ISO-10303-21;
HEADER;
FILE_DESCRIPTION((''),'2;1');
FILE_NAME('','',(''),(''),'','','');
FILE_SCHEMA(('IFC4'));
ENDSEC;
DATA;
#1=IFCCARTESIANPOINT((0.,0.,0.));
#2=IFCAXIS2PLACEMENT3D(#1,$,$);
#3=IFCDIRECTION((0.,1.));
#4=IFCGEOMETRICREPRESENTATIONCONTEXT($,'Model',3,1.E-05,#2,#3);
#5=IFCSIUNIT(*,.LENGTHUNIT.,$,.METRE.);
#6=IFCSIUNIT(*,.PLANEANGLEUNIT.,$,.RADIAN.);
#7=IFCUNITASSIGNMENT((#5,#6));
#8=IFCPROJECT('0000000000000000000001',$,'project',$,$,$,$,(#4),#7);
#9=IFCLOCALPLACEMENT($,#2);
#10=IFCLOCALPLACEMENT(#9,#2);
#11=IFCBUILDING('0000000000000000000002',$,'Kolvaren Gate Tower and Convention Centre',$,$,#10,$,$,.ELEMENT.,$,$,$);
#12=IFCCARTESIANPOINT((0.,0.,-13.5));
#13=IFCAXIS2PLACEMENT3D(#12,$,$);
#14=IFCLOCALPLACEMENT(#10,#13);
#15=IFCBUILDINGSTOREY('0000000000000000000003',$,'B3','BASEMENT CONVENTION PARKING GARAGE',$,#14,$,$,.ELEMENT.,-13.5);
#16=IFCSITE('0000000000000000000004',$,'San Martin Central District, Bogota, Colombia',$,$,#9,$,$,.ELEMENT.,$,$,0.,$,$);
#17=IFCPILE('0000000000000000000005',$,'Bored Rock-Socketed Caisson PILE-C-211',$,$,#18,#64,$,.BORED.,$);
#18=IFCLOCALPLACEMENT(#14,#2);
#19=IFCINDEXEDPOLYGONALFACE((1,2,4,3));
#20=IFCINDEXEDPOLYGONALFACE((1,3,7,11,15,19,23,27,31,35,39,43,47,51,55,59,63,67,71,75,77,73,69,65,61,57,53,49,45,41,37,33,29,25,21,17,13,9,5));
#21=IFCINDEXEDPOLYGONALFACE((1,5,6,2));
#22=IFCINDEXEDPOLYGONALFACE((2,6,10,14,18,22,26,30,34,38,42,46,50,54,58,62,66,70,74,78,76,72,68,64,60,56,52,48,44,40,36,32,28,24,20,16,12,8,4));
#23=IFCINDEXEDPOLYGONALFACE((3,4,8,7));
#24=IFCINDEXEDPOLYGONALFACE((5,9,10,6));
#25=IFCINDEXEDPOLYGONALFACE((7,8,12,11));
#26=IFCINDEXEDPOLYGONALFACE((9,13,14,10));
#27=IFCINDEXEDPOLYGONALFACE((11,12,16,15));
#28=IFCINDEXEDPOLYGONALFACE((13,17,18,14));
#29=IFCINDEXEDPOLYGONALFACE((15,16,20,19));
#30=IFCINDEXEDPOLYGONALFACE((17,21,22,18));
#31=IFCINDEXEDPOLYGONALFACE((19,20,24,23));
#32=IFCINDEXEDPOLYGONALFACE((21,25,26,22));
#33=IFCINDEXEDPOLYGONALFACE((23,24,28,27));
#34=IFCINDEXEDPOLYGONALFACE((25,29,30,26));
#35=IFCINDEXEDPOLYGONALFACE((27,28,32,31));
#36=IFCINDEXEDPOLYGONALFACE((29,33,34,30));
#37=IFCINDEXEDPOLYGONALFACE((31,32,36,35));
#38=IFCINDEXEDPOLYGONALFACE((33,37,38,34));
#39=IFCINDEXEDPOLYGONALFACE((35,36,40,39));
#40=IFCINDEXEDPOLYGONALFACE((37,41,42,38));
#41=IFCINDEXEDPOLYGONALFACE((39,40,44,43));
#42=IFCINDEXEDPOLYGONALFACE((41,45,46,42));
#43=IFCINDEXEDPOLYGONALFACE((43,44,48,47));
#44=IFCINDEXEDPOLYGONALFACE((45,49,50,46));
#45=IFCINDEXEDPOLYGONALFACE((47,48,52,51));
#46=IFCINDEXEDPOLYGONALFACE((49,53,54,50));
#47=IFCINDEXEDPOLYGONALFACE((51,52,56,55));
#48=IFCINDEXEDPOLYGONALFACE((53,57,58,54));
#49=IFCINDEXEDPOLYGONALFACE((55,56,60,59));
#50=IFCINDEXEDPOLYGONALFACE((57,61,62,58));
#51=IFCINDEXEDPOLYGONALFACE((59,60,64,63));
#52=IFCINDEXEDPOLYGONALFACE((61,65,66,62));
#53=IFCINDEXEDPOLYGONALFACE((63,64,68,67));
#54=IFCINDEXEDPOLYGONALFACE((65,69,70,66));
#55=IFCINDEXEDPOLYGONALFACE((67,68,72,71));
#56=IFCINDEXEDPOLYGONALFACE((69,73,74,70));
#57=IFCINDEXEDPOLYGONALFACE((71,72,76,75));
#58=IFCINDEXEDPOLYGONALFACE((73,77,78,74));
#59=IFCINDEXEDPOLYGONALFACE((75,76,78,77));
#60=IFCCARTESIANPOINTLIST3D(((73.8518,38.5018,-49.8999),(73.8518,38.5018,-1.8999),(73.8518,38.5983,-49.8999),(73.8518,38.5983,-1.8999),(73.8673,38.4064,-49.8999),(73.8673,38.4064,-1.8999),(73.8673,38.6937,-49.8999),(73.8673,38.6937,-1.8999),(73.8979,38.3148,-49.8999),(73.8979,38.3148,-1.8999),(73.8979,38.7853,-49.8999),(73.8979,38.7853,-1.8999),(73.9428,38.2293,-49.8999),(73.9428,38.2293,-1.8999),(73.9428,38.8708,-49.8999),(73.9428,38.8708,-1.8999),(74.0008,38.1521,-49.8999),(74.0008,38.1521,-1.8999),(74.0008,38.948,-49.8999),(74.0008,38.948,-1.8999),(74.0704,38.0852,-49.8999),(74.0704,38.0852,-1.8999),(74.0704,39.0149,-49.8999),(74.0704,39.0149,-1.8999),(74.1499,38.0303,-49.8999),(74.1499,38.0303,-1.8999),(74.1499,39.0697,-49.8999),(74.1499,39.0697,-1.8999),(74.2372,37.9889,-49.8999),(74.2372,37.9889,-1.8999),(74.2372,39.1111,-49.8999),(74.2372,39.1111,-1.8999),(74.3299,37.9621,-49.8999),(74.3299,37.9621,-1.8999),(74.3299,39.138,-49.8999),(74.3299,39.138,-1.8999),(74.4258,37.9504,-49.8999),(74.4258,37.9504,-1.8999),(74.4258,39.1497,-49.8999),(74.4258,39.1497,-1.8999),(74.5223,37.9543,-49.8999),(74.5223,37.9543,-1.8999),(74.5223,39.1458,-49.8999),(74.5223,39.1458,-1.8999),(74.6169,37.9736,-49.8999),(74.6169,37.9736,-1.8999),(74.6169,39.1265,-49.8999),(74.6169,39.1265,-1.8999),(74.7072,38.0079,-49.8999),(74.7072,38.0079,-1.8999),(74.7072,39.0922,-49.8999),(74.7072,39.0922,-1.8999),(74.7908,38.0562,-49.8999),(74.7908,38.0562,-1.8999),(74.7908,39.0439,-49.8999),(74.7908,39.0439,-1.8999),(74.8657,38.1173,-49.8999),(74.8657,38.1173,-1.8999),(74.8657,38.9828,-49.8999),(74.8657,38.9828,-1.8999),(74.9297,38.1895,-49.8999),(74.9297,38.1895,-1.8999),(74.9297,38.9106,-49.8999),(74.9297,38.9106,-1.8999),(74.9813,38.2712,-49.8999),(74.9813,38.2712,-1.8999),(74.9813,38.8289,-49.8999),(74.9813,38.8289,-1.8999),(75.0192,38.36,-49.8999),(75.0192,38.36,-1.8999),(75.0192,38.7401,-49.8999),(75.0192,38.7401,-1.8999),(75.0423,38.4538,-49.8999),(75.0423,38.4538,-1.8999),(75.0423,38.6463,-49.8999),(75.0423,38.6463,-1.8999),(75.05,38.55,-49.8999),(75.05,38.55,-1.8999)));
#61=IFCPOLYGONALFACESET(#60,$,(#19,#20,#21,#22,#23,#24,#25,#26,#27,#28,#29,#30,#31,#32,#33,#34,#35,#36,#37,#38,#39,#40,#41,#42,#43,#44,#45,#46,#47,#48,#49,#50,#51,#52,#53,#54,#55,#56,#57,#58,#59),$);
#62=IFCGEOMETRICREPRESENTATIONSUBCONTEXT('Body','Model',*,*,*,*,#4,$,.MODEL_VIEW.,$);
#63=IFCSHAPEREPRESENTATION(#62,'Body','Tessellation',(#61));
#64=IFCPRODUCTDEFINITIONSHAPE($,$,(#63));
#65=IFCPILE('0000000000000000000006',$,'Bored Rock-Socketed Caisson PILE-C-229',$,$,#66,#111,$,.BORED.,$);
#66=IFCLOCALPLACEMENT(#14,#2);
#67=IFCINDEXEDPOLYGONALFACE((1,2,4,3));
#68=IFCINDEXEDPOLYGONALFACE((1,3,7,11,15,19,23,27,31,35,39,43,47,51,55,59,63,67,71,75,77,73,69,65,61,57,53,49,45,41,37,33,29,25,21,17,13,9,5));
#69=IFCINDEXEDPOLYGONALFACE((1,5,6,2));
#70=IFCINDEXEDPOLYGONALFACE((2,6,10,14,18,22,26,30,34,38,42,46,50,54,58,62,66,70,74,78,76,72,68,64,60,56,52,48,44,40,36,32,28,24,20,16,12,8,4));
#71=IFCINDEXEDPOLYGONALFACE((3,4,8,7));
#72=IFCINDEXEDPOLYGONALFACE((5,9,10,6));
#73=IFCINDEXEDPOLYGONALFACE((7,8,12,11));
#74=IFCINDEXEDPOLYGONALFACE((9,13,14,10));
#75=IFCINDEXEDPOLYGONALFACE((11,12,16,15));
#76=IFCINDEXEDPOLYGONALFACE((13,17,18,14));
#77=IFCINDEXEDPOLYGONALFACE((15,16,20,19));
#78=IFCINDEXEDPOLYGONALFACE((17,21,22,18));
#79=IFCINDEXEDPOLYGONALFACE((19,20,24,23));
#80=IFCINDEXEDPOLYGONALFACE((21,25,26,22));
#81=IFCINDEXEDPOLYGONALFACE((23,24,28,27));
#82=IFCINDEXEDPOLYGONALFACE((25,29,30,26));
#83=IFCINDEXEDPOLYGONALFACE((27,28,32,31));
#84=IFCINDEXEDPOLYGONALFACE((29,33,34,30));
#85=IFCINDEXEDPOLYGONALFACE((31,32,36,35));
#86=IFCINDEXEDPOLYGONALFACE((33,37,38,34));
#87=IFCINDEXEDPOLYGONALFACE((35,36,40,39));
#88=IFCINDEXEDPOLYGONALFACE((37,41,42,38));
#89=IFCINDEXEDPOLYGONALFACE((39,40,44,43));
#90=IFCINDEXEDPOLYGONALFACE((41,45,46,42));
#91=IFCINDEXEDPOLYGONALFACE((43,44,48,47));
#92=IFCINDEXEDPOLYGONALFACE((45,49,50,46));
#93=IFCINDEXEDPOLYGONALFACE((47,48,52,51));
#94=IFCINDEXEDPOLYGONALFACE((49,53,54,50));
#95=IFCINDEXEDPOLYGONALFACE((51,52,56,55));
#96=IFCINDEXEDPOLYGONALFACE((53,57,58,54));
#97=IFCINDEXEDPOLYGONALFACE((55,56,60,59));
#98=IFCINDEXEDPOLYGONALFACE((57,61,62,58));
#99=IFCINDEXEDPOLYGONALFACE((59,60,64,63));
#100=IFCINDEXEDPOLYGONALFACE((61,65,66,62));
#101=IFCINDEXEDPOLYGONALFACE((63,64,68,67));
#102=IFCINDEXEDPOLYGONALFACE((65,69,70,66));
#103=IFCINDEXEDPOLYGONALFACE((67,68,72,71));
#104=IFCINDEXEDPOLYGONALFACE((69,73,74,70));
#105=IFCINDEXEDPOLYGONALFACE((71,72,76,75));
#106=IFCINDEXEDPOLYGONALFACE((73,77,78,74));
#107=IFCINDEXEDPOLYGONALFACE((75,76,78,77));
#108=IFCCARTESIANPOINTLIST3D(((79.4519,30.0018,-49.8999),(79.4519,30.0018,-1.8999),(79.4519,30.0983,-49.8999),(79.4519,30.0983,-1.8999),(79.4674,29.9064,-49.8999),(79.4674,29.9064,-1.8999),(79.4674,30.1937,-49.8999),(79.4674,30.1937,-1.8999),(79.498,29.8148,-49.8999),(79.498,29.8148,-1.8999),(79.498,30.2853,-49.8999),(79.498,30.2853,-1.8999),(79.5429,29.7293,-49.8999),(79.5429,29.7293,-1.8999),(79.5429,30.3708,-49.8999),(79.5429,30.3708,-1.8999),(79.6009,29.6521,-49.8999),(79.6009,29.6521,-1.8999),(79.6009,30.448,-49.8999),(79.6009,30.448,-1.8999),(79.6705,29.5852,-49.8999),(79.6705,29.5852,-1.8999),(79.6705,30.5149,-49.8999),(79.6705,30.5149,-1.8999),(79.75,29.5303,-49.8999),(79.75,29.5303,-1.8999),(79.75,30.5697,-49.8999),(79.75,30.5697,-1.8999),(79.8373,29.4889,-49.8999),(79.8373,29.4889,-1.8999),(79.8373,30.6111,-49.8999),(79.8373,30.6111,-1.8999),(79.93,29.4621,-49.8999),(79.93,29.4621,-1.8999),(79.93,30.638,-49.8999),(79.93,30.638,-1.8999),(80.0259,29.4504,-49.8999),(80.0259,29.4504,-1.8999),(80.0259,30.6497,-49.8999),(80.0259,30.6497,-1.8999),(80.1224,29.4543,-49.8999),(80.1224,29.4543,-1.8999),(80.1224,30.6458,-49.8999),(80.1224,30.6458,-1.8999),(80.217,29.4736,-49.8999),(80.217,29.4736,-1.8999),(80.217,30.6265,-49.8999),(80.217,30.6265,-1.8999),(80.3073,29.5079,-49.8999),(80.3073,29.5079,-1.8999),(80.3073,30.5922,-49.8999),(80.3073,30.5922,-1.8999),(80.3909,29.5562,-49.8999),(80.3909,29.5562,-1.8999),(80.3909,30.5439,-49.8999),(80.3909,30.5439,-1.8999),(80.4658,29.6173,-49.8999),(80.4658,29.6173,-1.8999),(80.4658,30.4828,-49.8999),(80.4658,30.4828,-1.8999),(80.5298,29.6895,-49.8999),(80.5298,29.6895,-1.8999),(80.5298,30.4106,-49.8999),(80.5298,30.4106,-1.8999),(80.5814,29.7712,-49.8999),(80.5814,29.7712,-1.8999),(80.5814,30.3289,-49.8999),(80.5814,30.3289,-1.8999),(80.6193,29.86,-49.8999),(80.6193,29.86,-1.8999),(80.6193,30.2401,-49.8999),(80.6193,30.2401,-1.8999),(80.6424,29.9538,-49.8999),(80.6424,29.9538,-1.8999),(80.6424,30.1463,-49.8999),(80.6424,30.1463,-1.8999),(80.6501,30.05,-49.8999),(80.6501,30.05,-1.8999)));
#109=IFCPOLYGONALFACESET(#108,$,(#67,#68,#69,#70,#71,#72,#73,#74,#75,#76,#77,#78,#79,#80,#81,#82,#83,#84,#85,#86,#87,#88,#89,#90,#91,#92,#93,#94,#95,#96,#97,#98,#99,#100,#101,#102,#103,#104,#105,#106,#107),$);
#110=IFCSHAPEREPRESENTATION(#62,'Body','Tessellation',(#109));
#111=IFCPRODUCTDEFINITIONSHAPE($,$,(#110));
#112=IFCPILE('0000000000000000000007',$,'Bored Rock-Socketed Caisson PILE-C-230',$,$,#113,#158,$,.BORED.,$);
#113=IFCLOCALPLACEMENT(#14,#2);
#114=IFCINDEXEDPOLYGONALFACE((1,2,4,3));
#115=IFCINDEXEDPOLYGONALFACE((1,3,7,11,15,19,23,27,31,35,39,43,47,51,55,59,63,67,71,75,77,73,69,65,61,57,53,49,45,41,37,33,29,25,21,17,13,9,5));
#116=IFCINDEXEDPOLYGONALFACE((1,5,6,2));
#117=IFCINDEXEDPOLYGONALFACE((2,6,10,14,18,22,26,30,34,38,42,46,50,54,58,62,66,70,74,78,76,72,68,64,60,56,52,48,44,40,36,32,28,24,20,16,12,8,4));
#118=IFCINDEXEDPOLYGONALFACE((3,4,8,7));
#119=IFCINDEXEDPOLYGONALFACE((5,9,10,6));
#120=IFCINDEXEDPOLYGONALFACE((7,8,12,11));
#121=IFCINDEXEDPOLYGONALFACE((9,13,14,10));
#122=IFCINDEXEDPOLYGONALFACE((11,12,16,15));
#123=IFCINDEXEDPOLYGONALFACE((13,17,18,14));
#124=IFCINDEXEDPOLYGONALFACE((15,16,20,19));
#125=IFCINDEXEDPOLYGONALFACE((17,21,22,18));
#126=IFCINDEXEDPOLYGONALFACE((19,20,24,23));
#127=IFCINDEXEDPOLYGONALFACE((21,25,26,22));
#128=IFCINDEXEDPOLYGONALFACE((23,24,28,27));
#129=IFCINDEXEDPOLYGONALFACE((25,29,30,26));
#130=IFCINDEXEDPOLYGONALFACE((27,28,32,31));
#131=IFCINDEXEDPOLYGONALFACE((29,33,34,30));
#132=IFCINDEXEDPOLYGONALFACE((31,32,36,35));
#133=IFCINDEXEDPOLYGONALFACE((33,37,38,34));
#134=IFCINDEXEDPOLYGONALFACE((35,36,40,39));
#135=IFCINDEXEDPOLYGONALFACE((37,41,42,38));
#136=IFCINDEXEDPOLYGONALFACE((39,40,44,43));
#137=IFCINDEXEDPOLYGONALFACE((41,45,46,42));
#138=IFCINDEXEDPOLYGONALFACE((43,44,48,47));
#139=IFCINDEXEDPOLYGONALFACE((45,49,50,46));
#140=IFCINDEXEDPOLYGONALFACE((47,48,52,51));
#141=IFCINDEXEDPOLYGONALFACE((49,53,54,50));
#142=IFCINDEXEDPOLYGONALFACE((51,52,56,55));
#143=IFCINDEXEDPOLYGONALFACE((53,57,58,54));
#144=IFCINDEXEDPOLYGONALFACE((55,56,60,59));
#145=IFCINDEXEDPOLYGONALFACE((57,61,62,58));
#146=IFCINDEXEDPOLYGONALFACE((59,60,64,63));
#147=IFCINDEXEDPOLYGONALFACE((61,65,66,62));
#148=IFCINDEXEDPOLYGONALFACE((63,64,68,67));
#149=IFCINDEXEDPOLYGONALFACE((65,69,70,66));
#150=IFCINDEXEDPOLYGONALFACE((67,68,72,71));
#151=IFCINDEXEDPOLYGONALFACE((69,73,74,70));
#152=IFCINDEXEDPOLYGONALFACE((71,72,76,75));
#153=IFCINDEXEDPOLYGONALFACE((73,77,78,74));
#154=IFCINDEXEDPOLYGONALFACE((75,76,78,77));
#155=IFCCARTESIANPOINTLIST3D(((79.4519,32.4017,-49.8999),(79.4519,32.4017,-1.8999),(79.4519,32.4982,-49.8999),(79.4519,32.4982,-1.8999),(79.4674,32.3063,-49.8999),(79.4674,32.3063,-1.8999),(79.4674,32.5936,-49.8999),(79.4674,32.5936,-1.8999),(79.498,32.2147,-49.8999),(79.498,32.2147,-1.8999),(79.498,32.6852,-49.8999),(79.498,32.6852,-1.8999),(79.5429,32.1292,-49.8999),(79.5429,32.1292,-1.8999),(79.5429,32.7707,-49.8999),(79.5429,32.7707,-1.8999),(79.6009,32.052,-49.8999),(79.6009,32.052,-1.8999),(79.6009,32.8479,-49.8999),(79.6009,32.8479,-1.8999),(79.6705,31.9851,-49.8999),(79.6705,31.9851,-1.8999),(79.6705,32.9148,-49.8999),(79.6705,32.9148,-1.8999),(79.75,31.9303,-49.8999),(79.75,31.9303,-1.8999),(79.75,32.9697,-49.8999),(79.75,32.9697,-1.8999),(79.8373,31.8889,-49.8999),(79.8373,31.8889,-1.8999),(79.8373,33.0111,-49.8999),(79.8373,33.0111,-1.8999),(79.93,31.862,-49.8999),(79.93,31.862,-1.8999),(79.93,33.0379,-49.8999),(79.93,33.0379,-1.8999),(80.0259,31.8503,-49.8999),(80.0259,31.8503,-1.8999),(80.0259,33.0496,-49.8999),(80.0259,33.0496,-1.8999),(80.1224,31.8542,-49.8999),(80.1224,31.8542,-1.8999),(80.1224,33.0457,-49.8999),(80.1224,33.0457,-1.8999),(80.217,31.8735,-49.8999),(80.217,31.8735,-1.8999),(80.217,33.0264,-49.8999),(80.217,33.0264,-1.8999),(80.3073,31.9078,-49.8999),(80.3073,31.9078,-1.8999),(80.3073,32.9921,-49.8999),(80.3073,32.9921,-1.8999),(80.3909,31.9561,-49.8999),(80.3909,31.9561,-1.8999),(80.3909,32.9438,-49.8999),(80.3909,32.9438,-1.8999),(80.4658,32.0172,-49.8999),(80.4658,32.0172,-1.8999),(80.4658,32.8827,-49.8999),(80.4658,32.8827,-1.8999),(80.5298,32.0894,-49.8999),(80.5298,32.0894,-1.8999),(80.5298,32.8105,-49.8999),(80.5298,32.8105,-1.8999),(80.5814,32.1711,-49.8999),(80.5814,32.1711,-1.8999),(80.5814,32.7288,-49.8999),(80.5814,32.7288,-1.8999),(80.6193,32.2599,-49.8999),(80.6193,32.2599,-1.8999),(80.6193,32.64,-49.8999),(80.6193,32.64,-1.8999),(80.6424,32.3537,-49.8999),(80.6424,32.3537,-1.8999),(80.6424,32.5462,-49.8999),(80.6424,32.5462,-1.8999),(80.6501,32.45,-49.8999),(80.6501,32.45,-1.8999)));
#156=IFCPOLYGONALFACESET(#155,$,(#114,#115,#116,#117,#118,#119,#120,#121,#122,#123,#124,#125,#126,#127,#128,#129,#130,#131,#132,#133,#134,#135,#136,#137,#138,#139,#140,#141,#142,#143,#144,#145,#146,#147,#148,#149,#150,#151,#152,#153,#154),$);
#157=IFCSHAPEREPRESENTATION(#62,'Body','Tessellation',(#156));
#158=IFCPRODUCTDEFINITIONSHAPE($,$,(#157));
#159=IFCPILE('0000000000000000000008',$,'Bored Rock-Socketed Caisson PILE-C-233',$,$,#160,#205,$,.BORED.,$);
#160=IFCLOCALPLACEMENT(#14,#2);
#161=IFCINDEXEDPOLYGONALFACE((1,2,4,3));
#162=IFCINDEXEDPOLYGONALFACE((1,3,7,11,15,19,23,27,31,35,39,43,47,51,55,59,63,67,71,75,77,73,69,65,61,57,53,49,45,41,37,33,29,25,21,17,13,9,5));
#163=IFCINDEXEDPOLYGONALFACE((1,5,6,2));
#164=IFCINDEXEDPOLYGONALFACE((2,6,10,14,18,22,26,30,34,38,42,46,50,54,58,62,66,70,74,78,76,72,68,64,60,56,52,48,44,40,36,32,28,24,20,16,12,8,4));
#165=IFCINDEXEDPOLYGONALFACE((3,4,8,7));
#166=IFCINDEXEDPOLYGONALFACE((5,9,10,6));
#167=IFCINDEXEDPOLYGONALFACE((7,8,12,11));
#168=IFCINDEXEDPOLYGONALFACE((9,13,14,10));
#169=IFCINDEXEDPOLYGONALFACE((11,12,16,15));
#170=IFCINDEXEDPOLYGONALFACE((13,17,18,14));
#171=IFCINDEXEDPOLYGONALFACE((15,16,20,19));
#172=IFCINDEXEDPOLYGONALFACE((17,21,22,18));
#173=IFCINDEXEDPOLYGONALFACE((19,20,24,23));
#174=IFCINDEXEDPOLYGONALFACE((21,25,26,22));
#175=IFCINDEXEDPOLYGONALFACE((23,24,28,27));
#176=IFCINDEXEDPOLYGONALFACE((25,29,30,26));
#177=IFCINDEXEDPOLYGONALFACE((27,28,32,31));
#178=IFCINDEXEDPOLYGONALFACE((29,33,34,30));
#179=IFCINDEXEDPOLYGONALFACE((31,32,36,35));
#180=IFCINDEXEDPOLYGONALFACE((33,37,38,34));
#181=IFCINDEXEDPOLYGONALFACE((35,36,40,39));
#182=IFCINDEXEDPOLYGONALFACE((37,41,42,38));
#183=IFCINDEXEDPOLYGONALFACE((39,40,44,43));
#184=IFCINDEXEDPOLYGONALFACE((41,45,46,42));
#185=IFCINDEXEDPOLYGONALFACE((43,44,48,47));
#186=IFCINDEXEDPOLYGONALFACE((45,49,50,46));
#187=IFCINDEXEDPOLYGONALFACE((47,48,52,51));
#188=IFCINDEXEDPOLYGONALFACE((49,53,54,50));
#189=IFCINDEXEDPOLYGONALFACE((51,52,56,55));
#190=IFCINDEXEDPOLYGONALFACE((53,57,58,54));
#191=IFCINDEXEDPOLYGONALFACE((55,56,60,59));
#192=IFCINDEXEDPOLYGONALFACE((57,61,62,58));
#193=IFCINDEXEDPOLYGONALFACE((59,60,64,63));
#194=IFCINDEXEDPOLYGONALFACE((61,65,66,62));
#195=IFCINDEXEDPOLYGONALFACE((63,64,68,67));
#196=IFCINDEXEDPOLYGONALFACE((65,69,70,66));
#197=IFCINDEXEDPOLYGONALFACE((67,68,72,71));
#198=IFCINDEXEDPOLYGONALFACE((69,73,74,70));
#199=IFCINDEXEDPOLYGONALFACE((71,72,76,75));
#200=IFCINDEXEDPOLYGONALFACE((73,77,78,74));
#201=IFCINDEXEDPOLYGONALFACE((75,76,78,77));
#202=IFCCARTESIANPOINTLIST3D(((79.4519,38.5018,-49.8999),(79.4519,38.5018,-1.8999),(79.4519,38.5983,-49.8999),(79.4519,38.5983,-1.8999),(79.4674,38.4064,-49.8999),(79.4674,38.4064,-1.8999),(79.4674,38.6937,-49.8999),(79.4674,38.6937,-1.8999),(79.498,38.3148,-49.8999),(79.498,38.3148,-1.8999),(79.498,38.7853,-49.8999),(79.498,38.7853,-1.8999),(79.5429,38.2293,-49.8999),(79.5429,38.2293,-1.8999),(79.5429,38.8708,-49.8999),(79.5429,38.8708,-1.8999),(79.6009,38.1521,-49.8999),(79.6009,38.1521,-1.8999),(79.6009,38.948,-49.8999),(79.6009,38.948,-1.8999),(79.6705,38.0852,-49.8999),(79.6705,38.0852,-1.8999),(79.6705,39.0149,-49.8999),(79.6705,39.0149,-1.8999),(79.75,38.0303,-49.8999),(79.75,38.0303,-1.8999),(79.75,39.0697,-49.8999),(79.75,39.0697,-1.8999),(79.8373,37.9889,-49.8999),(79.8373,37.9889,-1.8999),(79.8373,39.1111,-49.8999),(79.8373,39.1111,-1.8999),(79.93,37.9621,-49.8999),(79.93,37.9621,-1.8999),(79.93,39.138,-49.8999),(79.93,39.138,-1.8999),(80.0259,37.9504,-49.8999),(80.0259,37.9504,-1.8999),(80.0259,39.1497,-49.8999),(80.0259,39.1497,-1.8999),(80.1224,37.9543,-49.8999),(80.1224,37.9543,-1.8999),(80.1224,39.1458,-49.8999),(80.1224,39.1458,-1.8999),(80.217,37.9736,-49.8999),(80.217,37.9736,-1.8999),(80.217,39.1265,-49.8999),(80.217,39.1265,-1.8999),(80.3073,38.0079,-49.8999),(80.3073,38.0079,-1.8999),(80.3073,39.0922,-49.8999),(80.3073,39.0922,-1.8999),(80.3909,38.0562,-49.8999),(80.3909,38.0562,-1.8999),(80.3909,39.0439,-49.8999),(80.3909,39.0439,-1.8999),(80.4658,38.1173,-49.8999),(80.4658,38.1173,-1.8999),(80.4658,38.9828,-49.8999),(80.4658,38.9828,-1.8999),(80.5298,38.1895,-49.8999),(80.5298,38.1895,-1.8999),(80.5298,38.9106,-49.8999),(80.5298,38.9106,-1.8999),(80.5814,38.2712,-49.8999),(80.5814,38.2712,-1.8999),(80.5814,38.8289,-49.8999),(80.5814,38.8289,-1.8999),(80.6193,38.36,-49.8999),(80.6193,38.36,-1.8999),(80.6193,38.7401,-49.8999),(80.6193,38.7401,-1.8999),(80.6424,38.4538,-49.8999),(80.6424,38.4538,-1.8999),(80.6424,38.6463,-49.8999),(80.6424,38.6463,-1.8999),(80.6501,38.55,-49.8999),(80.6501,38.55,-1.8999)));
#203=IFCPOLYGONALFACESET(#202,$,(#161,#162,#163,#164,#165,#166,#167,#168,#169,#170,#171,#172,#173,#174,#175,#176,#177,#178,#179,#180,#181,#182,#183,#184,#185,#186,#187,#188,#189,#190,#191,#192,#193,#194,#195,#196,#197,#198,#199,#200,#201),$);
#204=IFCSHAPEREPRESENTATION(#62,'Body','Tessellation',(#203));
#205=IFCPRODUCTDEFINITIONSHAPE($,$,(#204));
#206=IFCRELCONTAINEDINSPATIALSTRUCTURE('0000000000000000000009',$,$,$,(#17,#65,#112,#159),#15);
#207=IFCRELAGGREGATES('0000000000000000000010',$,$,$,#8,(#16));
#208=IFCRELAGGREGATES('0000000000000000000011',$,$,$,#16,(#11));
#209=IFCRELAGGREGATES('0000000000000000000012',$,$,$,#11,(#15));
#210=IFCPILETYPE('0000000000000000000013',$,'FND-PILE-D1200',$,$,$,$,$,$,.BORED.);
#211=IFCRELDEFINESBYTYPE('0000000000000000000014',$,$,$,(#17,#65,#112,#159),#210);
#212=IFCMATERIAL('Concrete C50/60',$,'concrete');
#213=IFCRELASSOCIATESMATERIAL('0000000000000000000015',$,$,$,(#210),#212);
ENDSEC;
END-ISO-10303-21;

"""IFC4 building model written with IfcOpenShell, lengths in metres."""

from ifc_helpers import new_model, si_unit, direction, frame, origin, origin_2d, place, context, subcontext, project, spatial, circle, extrude, material, material_profile, profile_set, type_object, element, save


model = new_model("IFC4")

# Units and contexts
model_context = context("Model", 3, precision=1e-05, world=origin(), true_north=direction((0.0, 1.0)))
body_context = subcontext(model_context, "Body", "Model", "MODEL_VIEW")
ifc_project = project(units=[si_unit("LENGTHUNIT", "METRE"), si_unit("PLANEANGLEUNIT", "RADIAN")], contexts=[model_context])

# Site, building, storey
site_placement = place(None, origin())
site = spatial("IfcSite", under=ifc_project, at=site_placement, Name="San Martin Central District, Bogota, Colombia", CompositionType="ELEMENT", RefElevation=0.0)
building_placement = place(site_placement, origin())
building = spatial("IfcBuilding", under=site, at=building_placement, Name="Kolvaren Gate Tower and Convention Centre", CompositionType="ELEMENT")
storey_placement = place(building_placement, frame((0.0, 0.0, -13.5)))
storey = spatial("IfcBuildingStorey", under=building, at=storey_placement, Name="B3", Description="BASEMENT CONVENTION PARKING GARAGE", CompositionType="ELEMENT", Elevation=-13.5)

# Shared definitions
ifc_material_1 = material(Name="Concrete C50/60", Category="concrete")

# Piles
ifc_material_profile_1 = material_profile(ifc_material_1, circle(Radius=0.6001, at=origin_2d()), Name="CAISSON-D1200")
ifc_profile_set_1 = profile_set([ifc_material_profile_1], Name="Concrete C50/60")
pile_type = type_object("IfcPileType", Name="FND-PILE-D1200", PredefinedType="BORED", material=ifc_profile_set_1)
for number, where, z_axis, x_axis, name in (
    (1, (74.45, 38.55, -1.8999), (0.0, 0.0, -1.0), (1.0, 0.0, 0.0), "Bored Rock-Socketed Caisson PILE-C-211"),
    (2, (80.05, 30.05, -1.8999), (0.0, 0.0, -1.0), (1.0, 0.0, 0.0), "Bored Rock-Socketed Caisson PILE-C-229"),
    (3, (80.05, 32.45, -1.8999), (0.0, 0.0, -1.0), (1.0, 0.0, 0.0), "Bored Rock-Socketed Caisson PILE-C-230"),
    (4, (80.05, 38.55, -1.8999), (0.0, 0.0, -1.0), (1.0, 0.0, 0.0), "Bored Rock-Socketed Caisson PILE-C-233"),
):
    element("IfcPile", number, at=place(storey_placement, frame(where, z_axis=z_axis, x_axis=x_axis)), inside=storey, type_object=pile_type, Name=name, PredefinedType="BORED", context=body_context, shape_type="SweptSolid", body=[
        extrude(circle(Radius=0.6001, at=origin_2d()), origin(), (0.0, 0.0, 1.0), 48.0),
    ])

save(model, "model.ifc")
